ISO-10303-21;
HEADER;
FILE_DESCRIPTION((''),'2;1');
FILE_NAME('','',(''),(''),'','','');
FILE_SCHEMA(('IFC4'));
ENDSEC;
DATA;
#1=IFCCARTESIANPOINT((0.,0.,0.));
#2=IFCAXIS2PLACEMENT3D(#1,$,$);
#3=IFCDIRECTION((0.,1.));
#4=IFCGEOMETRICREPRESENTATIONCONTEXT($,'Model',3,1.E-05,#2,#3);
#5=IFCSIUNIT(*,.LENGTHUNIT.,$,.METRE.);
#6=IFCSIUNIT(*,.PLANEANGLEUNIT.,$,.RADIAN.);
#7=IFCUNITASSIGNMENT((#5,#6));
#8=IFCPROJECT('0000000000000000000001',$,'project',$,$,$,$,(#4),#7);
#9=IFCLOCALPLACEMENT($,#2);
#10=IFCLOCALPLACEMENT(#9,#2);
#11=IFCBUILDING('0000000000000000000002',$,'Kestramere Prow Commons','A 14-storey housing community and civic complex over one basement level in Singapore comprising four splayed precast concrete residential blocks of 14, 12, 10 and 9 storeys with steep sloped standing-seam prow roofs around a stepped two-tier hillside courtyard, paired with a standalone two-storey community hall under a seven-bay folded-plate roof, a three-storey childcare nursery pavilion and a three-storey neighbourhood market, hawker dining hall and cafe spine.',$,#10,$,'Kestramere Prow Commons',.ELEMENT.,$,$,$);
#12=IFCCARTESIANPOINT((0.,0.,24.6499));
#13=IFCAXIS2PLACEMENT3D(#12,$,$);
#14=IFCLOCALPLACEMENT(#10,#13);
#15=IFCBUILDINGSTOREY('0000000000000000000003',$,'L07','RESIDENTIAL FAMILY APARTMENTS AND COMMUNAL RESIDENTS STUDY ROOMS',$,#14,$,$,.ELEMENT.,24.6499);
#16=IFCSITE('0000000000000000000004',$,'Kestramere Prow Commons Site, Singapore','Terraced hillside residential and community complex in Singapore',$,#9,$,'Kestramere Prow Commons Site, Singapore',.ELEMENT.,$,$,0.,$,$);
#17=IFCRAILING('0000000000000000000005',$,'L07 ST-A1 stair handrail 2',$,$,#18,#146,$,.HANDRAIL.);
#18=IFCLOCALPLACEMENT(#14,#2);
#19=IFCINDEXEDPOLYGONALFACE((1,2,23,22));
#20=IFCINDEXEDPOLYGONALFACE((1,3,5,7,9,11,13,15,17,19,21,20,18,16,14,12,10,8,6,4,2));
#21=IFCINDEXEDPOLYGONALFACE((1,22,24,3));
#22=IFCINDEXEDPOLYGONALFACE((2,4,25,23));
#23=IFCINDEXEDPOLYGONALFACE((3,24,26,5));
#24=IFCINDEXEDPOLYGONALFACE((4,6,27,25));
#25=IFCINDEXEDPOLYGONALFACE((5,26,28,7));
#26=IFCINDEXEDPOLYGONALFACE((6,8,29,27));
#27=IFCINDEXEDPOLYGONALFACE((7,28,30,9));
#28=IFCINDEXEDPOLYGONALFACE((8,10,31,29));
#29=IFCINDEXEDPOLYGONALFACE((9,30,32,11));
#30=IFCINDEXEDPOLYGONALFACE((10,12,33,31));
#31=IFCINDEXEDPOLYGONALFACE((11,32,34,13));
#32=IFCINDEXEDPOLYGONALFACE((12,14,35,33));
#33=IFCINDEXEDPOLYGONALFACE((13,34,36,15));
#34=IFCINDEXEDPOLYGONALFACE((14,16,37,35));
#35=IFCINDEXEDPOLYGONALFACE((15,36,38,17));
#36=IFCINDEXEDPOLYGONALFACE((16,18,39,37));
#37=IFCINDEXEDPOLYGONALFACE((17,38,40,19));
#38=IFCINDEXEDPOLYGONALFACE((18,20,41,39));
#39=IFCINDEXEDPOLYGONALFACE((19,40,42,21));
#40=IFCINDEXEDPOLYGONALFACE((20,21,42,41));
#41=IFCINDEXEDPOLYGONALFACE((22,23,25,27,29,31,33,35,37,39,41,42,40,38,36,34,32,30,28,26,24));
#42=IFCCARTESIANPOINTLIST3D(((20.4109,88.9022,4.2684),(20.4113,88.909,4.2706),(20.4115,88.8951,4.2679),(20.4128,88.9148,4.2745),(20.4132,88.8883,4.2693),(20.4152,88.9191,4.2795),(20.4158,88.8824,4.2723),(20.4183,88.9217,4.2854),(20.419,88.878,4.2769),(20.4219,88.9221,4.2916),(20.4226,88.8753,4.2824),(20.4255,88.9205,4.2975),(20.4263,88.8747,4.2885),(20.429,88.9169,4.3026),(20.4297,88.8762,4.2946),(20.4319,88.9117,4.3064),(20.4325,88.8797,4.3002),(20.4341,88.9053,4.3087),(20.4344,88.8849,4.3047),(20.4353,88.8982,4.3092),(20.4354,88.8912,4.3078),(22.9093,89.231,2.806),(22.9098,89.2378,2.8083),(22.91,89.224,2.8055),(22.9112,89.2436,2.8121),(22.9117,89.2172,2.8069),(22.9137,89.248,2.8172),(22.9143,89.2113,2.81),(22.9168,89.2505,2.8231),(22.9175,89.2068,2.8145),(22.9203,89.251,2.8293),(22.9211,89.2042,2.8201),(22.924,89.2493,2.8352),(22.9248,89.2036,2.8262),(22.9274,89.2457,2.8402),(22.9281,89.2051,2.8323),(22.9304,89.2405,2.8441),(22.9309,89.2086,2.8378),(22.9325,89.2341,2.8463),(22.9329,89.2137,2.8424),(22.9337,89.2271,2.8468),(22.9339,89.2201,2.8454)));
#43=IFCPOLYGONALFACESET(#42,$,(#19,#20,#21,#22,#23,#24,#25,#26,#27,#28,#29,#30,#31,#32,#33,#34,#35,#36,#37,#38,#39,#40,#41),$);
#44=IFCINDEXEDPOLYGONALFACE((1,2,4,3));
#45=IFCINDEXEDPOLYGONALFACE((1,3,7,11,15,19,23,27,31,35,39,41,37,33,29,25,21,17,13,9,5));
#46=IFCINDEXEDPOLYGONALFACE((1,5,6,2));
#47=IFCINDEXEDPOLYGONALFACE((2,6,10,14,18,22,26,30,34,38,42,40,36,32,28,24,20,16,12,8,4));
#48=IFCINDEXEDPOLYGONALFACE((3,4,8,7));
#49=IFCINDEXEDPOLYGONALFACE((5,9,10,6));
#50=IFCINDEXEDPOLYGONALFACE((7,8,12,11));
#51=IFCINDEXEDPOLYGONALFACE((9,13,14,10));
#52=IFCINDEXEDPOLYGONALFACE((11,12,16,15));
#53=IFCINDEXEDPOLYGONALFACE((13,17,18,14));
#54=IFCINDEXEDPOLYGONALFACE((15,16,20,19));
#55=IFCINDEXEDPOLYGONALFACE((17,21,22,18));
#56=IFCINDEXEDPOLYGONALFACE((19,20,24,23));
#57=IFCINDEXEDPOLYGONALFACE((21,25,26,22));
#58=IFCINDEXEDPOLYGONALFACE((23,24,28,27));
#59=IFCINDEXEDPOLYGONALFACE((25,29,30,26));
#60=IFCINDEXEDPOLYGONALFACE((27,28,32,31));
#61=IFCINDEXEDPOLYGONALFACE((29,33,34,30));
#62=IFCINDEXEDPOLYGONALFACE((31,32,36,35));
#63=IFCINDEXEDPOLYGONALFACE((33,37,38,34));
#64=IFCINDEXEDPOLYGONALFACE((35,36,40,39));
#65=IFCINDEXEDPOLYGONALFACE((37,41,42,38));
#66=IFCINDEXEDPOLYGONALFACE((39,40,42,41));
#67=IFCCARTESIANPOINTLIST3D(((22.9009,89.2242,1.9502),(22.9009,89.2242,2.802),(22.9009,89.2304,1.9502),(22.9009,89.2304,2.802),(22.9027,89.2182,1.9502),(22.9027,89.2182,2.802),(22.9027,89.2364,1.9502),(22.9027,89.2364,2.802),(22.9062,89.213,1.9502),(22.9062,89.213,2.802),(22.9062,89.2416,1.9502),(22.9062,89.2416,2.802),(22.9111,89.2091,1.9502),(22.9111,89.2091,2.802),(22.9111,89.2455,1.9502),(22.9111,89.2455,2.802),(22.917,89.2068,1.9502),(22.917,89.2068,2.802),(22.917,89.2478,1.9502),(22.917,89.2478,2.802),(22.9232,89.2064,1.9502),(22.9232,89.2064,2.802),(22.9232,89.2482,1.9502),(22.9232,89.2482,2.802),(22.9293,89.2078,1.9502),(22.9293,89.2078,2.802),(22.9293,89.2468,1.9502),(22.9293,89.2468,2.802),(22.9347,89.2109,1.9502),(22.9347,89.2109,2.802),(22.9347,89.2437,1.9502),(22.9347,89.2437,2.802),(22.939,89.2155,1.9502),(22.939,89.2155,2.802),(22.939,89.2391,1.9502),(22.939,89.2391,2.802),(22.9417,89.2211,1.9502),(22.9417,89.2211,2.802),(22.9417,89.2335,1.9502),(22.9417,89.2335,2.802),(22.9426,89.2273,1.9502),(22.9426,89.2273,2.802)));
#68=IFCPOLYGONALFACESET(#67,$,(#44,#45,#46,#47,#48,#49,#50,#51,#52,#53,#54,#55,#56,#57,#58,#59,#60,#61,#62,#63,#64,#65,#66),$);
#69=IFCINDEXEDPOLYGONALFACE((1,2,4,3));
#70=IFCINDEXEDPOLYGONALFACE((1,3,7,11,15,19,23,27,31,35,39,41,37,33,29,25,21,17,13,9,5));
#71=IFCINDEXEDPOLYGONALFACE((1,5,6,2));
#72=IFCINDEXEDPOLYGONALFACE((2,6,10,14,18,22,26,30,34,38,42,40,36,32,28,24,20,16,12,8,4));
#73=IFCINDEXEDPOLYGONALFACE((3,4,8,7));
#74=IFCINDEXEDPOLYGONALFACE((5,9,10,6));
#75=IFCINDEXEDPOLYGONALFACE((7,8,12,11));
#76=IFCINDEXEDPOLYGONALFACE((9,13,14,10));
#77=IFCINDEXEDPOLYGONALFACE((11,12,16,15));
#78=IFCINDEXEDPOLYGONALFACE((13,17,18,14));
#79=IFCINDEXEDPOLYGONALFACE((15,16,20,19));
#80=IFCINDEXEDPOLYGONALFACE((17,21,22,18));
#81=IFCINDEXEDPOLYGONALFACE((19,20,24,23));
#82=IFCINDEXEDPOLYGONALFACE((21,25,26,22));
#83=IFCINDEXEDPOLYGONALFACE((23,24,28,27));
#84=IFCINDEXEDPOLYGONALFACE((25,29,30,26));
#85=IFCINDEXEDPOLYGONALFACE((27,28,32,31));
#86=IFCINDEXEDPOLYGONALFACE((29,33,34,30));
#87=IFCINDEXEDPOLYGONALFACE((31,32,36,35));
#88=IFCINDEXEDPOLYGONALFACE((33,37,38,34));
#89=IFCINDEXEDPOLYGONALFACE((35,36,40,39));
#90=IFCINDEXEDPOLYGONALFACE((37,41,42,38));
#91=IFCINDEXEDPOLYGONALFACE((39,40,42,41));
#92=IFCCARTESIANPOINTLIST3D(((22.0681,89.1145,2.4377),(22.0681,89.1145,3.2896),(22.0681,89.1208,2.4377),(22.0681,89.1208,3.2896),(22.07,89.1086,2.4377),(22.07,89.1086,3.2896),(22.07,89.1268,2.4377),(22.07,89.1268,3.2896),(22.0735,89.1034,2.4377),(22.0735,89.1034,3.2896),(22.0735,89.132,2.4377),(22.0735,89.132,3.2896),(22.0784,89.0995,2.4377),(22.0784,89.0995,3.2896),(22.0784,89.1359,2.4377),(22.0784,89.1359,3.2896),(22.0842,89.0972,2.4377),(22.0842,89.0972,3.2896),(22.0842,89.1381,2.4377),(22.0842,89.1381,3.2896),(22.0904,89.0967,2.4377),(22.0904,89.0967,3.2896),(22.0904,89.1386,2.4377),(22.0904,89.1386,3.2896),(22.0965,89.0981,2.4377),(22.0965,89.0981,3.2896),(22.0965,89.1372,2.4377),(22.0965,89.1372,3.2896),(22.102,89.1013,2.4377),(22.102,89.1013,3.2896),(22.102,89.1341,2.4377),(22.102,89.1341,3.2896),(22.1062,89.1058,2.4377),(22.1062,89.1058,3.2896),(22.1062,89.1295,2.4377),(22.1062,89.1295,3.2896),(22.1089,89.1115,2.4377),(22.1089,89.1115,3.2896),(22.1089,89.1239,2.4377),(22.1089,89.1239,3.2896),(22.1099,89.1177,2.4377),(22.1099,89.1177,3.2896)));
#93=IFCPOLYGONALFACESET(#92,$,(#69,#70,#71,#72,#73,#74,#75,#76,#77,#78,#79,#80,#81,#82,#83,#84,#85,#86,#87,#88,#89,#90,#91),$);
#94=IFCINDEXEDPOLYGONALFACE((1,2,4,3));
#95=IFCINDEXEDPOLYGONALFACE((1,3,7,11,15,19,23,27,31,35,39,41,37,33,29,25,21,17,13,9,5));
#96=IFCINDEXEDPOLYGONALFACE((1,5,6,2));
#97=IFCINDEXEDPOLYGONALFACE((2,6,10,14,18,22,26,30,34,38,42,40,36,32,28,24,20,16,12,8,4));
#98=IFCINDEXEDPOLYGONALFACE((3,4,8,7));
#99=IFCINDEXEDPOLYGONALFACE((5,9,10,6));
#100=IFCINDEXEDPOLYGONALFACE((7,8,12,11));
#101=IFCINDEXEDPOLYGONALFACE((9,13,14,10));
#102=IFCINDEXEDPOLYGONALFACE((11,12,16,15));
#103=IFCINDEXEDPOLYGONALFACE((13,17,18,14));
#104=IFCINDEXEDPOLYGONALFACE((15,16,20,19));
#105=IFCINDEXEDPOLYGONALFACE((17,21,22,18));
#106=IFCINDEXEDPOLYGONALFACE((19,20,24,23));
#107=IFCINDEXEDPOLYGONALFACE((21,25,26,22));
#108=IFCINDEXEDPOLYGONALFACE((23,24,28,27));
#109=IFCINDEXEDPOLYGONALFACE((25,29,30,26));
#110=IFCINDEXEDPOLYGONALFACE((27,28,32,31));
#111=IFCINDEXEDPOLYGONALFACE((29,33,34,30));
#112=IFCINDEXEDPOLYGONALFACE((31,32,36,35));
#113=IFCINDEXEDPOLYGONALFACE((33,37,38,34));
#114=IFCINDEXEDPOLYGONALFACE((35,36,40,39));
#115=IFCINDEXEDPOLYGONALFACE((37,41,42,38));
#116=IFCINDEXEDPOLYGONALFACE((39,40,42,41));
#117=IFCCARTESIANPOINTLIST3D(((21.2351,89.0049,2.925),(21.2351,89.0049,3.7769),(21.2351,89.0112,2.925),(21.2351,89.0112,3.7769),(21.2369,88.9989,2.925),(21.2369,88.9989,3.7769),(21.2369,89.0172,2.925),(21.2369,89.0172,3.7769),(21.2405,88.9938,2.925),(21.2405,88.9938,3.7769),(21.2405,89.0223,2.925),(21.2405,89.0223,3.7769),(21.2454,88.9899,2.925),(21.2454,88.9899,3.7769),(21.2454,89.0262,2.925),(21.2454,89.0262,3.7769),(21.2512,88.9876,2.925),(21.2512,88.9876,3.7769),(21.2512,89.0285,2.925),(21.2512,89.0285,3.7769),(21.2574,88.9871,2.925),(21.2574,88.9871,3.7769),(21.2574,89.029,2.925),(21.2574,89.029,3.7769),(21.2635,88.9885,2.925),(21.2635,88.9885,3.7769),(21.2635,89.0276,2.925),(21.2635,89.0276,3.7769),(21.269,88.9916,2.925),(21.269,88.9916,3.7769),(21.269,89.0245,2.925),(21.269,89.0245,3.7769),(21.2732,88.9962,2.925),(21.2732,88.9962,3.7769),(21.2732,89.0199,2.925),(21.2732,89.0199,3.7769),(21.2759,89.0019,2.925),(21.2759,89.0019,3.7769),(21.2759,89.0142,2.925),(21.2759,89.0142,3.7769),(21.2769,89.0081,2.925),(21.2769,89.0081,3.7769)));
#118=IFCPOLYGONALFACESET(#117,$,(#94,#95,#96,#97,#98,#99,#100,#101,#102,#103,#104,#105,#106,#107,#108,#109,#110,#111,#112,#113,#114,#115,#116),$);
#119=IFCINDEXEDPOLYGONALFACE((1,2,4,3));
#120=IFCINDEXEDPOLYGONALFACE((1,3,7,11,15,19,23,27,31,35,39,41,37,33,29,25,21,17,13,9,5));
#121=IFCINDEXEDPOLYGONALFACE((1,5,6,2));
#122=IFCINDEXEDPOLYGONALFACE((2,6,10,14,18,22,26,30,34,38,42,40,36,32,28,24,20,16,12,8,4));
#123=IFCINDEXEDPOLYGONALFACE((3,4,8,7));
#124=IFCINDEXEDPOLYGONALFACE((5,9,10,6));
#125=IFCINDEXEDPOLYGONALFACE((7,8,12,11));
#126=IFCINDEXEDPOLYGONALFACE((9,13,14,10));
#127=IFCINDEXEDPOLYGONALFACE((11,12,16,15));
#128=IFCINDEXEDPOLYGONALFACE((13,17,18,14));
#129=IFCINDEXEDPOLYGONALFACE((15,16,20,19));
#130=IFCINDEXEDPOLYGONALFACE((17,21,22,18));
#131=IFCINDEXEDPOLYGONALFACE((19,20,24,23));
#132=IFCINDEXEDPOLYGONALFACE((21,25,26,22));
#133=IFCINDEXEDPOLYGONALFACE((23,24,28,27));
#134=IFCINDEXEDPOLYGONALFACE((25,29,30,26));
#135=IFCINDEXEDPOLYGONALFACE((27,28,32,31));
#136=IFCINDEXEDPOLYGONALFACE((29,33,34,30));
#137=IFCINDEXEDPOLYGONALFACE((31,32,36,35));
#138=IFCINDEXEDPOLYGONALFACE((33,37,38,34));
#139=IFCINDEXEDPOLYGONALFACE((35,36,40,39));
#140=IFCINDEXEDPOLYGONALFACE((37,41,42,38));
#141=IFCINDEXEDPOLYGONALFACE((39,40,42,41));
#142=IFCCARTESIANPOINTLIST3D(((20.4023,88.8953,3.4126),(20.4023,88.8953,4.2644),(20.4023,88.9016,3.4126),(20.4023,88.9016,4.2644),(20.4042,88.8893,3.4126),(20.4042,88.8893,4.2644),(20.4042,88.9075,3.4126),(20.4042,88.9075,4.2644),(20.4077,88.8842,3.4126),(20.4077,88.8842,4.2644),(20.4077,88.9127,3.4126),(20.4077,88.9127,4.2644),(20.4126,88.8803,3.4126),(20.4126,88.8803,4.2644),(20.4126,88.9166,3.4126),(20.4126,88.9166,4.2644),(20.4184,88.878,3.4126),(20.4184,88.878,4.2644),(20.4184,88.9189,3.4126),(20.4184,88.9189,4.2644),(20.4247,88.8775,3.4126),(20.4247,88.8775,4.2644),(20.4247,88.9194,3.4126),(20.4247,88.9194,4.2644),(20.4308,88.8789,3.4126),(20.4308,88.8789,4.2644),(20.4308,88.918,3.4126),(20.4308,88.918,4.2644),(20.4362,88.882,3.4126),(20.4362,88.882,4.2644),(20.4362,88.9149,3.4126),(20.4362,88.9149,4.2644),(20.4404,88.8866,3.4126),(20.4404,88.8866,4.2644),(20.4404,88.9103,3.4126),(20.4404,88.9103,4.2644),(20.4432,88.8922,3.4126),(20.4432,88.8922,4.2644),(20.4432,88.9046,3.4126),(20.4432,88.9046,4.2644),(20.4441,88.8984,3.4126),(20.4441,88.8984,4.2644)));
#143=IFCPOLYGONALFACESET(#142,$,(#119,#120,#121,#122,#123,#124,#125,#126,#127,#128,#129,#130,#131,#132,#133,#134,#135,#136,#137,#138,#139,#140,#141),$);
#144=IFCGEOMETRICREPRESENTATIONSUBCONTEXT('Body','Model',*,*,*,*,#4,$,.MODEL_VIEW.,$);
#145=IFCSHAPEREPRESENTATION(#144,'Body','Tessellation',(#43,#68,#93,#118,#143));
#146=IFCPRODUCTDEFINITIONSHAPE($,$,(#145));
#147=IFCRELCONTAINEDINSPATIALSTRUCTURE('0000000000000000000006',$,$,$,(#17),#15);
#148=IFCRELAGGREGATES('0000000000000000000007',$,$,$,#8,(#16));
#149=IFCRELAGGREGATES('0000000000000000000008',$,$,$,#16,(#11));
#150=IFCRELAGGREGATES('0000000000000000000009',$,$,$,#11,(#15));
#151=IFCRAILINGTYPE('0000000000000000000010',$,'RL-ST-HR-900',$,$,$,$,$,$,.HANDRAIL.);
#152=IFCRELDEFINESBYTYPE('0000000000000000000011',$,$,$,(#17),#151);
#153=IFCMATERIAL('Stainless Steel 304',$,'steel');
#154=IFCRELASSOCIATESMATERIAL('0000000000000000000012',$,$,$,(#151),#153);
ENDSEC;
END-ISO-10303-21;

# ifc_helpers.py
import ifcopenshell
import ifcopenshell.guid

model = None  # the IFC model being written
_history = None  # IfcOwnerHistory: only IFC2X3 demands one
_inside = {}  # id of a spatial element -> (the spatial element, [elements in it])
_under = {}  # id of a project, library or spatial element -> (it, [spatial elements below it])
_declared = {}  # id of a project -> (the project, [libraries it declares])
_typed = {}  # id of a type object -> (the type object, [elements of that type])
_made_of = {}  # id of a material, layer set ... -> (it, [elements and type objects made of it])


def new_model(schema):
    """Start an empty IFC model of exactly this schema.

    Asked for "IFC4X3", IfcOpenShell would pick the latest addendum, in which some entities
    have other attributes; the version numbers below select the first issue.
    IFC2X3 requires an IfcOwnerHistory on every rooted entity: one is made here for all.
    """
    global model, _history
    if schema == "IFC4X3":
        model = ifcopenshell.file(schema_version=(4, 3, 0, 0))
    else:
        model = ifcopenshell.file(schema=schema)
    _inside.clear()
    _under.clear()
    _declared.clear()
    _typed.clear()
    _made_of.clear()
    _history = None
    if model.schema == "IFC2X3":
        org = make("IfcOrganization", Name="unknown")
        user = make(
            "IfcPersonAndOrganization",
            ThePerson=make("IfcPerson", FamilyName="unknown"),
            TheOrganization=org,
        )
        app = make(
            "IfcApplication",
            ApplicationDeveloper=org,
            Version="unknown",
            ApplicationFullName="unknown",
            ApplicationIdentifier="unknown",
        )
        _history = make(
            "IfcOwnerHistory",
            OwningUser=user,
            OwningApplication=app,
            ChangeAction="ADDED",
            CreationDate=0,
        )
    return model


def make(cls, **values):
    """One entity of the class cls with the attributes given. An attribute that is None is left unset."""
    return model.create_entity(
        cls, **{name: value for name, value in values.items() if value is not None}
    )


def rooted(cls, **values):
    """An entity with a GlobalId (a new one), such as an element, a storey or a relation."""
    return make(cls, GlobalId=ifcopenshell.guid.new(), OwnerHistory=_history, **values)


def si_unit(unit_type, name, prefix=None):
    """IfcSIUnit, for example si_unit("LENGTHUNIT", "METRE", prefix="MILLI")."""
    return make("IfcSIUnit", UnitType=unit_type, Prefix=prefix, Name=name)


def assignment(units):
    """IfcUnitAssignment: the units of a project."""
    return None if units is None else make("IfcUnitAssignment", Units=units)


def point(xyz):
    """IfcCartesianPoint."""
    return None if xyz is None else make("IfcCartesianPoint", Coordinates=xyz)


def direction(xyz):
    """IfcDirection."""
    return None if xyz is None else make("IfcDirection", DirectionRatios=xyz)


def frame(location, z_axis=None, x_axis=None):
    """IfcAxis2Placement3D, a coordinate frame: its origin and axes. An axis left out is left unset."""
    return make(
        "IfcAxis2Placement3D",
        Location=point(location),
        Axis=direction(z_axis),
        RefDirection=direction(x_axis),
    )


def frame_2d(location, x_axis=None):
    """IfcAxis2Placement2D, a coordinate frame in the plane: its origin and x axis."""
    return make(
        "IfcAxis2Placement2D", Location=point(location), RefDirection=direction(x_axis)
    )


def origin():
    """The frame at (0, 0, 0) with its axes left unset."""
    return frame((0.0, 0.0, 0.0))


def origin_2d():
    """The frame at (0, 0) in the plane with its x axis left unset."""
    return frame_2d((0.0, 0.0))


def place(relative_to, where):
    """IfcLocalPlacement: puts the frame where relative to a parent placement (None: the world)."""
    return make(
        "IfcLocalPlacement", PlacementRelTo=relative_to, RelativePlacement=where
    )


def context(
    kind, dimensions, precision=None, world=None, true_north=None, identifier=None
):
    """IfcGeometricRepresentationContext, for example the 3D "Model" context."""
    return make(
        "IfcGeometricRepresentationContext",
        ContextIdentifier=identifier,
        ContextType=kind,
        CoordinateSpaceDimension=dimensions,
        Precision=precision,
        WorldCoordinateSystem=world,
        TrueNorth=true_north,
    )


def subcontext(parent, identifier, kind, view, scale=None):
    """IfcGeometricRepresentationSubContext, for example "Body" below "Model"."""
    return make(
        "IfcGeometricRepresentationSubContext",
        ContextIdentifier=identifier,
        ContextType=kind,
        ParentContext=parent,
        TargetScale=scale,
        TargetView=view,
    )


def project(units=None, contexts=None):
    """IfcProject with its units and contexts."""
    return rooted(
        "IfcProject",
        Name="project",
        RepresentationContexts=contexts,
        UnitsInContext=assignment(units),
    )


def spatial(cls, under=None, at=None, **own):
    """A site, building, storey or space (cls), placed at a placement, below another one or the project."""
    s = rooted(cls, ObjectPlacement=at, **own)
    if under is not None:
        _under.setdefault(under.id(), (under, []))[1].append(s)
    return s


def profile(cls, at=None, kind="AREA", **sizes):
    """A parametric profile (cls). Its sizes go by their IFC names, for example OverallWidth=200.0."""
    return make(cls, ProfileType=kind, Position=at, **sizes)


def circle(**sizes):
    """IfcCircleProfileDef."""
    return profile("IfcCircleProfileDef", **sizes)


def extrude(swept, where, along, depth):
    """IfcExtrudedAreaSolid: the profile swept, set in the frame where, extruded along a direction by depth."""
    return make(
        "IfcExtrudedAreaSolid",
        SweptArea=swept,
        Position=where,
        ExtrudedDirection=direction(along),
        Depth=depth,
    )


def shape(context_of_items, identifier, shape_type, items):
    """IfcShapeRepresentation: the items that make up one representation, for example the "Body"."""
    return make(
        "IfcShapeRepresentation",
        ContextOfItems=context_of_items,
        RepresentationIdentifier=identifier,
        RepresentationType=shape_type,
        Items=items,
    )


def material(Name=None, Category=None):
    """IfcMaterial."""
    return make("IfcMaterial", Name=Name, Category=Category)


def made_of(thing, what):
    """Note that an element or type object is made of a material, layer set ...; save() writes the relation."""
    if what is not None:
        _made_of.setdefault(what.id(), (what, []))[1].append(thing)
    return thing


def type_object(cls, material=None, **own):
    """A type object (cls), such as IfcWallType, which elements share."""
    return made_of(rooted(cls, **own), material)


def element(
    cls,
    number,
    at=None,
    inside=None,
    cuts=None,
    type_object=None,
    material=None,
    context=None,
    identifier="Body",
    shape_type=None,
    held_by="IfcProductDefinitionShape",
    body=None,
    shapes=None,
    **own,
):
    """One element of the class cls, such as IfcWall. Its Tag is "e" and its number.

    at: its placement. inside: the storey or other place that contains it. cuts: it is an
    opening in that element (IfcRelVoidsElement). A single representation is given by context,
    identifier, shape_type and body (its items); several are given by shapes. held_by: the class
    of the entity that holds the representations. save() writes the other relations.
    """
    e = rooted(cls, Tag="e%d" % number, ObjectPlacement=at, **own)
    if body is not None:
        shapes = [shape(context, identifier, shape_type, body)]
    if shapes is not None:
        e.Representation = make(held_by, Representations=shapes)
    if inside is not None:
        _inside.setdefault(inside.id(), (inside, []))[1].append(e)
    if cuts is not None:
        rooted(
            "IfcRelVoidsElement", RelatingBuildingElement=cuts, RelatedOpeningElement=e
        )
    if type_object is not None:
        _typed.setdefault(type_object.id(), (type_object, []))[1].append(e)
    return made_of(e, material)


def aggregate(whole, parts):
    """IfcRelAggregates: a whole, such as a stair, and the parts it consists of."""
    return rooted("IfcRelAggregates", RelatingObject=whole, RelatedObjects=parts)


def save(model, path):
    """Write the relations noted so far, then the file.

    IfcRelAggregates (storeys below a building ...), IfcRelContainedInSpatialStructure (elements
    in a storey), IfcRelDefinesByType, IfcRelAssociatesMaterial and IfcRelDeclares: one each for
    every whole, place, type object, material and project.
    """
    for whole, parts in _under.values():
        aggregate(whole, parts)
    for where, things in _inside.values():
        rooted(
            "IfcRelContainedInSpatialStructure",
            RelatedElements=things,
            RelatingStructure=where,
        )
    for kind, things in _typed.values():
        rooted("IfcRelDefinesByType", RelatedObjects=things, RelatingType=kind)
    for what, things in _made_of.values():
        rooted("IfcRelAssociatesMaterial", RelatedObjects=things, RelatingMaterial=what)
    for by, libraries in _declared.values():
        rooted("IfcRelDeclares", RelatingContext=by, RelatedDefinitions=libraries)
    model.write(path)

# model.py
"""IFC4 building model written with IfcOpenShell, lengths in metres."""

from ifc_helpers import new_model, si_unit, direction, frame, origin, origin_2d, place, context, subcontext, project, spatial, circle, extrude, material, type_object, element, save


model = new_model("IFC4")

# Units and contexts
model_context = context("Model", 3, precision=1e-05, world=origin(), true_north=direction((0.0, 1.0)))
body_context = subcontext(model_context, "Body", "Model", "MODEL_VIEW")
ifc_project = project(units=[si_unit("LENGTHUNIT", "METRE"), si_unit("PLANEANGLEUNIT", "RADIAN")], contexts=[model_context])

# Site, building, storey
site_placement = place(None, origin())
site = spatial("IfcSite", under=ifc_project, at=site_placement, Name="Kestramere Prow Commons Site, Singapore", Description="Terraced hillside residential and community complex in Singapore", LongName="Kestramere Prow Commons Site, Singapore", CompositionType="ELEMENT", RefElevation=0.0)
building_placement = place(site_placement, origin())
building = spatial("IfcBuilding", under=site, at=building_placement, Name="Kestramere Prow Commons", Description="A 14-storey housing community and civic complex over one basement level in Singapore comprising four splayed precast concrete residential blocks of 14, 12, 10 and 9 storeys with steep sloped standing-seam prow roofs around a stepped two-tier hillside courtyard, paired with a standalone two-storey community hall under a seven-bay folded-plate roof, a three-storey childcare nursery pavilion and a three-storey neighbourhood market, hawker dining hall and cafe spine.", LongName="Kestramere Prow Commons", CompositionType="ELEMENT")
storey_placement = place(building_placement, frame((0.0, 0.0, 24.6499)))
storey = spatial("IfcBuildingStorey", under=building, at=storey_placement, Name="L07", Description="RESIDENTIAL FAMILY APARTMENTS AND COMMUNAL RESIDENTS STUDY ROOMS", CompositionType="ELEMENT", Elevation=24.6499)

# Railing
ifc_material_1 = material(Name="Stainless Steel 304", Category="steel")
railing_type_1 = type_object("IfcRailingType", Name="RL-ST-HR-900", PredefinedType="HANDRAIL", material=ifc_material_1)
railing_1_placement = place(storey_placement, frame((22.9216, 89.2273, 1.9502)))
element("IfcRailing", 1, at=railing_1_placement, inside=storey, type_object=railing_type_1, Name="L07 ST-A1 stair handrail 2", PredefinedType="HANDRAIL", context=body_context, shape_type="SweptSolid", body=[
    extrude(circle(Radius=0.0239, at=origin_2d()), frame((0.0, 0.0, 0.876), z_axis=(-0.857523, -0.112867, 0.501912), x_axis=(0.130495, -0.991449, 0.0)), (0.0, 0.0, 1.0), 2.9136),
    extrude(circle(Radius=0.021, at=origin_2d()), origin(), (0.0, 0.0, 1.0), 0.8518),
    extrude(circle(Radius=0.021, at=origin_2d()), frame((-0.8328, -0.1096, 0.4875)), (0.0, 0.0, 1.0), 0.8518),
    extrude(circle(Radius=0.021, at=origin_2d()), frame((-1.6658, -0.2192, 0.9749)), (0.0, 0.0, 1.0), 0.8518),
    extrude(circle(Radius=0.021, at=origin_2d()), frame((-2.4985, -0.3289, 1.4624)), (0.0, 0.0, 1.0), 0.8518),
])

save(model, "model.ifc")
